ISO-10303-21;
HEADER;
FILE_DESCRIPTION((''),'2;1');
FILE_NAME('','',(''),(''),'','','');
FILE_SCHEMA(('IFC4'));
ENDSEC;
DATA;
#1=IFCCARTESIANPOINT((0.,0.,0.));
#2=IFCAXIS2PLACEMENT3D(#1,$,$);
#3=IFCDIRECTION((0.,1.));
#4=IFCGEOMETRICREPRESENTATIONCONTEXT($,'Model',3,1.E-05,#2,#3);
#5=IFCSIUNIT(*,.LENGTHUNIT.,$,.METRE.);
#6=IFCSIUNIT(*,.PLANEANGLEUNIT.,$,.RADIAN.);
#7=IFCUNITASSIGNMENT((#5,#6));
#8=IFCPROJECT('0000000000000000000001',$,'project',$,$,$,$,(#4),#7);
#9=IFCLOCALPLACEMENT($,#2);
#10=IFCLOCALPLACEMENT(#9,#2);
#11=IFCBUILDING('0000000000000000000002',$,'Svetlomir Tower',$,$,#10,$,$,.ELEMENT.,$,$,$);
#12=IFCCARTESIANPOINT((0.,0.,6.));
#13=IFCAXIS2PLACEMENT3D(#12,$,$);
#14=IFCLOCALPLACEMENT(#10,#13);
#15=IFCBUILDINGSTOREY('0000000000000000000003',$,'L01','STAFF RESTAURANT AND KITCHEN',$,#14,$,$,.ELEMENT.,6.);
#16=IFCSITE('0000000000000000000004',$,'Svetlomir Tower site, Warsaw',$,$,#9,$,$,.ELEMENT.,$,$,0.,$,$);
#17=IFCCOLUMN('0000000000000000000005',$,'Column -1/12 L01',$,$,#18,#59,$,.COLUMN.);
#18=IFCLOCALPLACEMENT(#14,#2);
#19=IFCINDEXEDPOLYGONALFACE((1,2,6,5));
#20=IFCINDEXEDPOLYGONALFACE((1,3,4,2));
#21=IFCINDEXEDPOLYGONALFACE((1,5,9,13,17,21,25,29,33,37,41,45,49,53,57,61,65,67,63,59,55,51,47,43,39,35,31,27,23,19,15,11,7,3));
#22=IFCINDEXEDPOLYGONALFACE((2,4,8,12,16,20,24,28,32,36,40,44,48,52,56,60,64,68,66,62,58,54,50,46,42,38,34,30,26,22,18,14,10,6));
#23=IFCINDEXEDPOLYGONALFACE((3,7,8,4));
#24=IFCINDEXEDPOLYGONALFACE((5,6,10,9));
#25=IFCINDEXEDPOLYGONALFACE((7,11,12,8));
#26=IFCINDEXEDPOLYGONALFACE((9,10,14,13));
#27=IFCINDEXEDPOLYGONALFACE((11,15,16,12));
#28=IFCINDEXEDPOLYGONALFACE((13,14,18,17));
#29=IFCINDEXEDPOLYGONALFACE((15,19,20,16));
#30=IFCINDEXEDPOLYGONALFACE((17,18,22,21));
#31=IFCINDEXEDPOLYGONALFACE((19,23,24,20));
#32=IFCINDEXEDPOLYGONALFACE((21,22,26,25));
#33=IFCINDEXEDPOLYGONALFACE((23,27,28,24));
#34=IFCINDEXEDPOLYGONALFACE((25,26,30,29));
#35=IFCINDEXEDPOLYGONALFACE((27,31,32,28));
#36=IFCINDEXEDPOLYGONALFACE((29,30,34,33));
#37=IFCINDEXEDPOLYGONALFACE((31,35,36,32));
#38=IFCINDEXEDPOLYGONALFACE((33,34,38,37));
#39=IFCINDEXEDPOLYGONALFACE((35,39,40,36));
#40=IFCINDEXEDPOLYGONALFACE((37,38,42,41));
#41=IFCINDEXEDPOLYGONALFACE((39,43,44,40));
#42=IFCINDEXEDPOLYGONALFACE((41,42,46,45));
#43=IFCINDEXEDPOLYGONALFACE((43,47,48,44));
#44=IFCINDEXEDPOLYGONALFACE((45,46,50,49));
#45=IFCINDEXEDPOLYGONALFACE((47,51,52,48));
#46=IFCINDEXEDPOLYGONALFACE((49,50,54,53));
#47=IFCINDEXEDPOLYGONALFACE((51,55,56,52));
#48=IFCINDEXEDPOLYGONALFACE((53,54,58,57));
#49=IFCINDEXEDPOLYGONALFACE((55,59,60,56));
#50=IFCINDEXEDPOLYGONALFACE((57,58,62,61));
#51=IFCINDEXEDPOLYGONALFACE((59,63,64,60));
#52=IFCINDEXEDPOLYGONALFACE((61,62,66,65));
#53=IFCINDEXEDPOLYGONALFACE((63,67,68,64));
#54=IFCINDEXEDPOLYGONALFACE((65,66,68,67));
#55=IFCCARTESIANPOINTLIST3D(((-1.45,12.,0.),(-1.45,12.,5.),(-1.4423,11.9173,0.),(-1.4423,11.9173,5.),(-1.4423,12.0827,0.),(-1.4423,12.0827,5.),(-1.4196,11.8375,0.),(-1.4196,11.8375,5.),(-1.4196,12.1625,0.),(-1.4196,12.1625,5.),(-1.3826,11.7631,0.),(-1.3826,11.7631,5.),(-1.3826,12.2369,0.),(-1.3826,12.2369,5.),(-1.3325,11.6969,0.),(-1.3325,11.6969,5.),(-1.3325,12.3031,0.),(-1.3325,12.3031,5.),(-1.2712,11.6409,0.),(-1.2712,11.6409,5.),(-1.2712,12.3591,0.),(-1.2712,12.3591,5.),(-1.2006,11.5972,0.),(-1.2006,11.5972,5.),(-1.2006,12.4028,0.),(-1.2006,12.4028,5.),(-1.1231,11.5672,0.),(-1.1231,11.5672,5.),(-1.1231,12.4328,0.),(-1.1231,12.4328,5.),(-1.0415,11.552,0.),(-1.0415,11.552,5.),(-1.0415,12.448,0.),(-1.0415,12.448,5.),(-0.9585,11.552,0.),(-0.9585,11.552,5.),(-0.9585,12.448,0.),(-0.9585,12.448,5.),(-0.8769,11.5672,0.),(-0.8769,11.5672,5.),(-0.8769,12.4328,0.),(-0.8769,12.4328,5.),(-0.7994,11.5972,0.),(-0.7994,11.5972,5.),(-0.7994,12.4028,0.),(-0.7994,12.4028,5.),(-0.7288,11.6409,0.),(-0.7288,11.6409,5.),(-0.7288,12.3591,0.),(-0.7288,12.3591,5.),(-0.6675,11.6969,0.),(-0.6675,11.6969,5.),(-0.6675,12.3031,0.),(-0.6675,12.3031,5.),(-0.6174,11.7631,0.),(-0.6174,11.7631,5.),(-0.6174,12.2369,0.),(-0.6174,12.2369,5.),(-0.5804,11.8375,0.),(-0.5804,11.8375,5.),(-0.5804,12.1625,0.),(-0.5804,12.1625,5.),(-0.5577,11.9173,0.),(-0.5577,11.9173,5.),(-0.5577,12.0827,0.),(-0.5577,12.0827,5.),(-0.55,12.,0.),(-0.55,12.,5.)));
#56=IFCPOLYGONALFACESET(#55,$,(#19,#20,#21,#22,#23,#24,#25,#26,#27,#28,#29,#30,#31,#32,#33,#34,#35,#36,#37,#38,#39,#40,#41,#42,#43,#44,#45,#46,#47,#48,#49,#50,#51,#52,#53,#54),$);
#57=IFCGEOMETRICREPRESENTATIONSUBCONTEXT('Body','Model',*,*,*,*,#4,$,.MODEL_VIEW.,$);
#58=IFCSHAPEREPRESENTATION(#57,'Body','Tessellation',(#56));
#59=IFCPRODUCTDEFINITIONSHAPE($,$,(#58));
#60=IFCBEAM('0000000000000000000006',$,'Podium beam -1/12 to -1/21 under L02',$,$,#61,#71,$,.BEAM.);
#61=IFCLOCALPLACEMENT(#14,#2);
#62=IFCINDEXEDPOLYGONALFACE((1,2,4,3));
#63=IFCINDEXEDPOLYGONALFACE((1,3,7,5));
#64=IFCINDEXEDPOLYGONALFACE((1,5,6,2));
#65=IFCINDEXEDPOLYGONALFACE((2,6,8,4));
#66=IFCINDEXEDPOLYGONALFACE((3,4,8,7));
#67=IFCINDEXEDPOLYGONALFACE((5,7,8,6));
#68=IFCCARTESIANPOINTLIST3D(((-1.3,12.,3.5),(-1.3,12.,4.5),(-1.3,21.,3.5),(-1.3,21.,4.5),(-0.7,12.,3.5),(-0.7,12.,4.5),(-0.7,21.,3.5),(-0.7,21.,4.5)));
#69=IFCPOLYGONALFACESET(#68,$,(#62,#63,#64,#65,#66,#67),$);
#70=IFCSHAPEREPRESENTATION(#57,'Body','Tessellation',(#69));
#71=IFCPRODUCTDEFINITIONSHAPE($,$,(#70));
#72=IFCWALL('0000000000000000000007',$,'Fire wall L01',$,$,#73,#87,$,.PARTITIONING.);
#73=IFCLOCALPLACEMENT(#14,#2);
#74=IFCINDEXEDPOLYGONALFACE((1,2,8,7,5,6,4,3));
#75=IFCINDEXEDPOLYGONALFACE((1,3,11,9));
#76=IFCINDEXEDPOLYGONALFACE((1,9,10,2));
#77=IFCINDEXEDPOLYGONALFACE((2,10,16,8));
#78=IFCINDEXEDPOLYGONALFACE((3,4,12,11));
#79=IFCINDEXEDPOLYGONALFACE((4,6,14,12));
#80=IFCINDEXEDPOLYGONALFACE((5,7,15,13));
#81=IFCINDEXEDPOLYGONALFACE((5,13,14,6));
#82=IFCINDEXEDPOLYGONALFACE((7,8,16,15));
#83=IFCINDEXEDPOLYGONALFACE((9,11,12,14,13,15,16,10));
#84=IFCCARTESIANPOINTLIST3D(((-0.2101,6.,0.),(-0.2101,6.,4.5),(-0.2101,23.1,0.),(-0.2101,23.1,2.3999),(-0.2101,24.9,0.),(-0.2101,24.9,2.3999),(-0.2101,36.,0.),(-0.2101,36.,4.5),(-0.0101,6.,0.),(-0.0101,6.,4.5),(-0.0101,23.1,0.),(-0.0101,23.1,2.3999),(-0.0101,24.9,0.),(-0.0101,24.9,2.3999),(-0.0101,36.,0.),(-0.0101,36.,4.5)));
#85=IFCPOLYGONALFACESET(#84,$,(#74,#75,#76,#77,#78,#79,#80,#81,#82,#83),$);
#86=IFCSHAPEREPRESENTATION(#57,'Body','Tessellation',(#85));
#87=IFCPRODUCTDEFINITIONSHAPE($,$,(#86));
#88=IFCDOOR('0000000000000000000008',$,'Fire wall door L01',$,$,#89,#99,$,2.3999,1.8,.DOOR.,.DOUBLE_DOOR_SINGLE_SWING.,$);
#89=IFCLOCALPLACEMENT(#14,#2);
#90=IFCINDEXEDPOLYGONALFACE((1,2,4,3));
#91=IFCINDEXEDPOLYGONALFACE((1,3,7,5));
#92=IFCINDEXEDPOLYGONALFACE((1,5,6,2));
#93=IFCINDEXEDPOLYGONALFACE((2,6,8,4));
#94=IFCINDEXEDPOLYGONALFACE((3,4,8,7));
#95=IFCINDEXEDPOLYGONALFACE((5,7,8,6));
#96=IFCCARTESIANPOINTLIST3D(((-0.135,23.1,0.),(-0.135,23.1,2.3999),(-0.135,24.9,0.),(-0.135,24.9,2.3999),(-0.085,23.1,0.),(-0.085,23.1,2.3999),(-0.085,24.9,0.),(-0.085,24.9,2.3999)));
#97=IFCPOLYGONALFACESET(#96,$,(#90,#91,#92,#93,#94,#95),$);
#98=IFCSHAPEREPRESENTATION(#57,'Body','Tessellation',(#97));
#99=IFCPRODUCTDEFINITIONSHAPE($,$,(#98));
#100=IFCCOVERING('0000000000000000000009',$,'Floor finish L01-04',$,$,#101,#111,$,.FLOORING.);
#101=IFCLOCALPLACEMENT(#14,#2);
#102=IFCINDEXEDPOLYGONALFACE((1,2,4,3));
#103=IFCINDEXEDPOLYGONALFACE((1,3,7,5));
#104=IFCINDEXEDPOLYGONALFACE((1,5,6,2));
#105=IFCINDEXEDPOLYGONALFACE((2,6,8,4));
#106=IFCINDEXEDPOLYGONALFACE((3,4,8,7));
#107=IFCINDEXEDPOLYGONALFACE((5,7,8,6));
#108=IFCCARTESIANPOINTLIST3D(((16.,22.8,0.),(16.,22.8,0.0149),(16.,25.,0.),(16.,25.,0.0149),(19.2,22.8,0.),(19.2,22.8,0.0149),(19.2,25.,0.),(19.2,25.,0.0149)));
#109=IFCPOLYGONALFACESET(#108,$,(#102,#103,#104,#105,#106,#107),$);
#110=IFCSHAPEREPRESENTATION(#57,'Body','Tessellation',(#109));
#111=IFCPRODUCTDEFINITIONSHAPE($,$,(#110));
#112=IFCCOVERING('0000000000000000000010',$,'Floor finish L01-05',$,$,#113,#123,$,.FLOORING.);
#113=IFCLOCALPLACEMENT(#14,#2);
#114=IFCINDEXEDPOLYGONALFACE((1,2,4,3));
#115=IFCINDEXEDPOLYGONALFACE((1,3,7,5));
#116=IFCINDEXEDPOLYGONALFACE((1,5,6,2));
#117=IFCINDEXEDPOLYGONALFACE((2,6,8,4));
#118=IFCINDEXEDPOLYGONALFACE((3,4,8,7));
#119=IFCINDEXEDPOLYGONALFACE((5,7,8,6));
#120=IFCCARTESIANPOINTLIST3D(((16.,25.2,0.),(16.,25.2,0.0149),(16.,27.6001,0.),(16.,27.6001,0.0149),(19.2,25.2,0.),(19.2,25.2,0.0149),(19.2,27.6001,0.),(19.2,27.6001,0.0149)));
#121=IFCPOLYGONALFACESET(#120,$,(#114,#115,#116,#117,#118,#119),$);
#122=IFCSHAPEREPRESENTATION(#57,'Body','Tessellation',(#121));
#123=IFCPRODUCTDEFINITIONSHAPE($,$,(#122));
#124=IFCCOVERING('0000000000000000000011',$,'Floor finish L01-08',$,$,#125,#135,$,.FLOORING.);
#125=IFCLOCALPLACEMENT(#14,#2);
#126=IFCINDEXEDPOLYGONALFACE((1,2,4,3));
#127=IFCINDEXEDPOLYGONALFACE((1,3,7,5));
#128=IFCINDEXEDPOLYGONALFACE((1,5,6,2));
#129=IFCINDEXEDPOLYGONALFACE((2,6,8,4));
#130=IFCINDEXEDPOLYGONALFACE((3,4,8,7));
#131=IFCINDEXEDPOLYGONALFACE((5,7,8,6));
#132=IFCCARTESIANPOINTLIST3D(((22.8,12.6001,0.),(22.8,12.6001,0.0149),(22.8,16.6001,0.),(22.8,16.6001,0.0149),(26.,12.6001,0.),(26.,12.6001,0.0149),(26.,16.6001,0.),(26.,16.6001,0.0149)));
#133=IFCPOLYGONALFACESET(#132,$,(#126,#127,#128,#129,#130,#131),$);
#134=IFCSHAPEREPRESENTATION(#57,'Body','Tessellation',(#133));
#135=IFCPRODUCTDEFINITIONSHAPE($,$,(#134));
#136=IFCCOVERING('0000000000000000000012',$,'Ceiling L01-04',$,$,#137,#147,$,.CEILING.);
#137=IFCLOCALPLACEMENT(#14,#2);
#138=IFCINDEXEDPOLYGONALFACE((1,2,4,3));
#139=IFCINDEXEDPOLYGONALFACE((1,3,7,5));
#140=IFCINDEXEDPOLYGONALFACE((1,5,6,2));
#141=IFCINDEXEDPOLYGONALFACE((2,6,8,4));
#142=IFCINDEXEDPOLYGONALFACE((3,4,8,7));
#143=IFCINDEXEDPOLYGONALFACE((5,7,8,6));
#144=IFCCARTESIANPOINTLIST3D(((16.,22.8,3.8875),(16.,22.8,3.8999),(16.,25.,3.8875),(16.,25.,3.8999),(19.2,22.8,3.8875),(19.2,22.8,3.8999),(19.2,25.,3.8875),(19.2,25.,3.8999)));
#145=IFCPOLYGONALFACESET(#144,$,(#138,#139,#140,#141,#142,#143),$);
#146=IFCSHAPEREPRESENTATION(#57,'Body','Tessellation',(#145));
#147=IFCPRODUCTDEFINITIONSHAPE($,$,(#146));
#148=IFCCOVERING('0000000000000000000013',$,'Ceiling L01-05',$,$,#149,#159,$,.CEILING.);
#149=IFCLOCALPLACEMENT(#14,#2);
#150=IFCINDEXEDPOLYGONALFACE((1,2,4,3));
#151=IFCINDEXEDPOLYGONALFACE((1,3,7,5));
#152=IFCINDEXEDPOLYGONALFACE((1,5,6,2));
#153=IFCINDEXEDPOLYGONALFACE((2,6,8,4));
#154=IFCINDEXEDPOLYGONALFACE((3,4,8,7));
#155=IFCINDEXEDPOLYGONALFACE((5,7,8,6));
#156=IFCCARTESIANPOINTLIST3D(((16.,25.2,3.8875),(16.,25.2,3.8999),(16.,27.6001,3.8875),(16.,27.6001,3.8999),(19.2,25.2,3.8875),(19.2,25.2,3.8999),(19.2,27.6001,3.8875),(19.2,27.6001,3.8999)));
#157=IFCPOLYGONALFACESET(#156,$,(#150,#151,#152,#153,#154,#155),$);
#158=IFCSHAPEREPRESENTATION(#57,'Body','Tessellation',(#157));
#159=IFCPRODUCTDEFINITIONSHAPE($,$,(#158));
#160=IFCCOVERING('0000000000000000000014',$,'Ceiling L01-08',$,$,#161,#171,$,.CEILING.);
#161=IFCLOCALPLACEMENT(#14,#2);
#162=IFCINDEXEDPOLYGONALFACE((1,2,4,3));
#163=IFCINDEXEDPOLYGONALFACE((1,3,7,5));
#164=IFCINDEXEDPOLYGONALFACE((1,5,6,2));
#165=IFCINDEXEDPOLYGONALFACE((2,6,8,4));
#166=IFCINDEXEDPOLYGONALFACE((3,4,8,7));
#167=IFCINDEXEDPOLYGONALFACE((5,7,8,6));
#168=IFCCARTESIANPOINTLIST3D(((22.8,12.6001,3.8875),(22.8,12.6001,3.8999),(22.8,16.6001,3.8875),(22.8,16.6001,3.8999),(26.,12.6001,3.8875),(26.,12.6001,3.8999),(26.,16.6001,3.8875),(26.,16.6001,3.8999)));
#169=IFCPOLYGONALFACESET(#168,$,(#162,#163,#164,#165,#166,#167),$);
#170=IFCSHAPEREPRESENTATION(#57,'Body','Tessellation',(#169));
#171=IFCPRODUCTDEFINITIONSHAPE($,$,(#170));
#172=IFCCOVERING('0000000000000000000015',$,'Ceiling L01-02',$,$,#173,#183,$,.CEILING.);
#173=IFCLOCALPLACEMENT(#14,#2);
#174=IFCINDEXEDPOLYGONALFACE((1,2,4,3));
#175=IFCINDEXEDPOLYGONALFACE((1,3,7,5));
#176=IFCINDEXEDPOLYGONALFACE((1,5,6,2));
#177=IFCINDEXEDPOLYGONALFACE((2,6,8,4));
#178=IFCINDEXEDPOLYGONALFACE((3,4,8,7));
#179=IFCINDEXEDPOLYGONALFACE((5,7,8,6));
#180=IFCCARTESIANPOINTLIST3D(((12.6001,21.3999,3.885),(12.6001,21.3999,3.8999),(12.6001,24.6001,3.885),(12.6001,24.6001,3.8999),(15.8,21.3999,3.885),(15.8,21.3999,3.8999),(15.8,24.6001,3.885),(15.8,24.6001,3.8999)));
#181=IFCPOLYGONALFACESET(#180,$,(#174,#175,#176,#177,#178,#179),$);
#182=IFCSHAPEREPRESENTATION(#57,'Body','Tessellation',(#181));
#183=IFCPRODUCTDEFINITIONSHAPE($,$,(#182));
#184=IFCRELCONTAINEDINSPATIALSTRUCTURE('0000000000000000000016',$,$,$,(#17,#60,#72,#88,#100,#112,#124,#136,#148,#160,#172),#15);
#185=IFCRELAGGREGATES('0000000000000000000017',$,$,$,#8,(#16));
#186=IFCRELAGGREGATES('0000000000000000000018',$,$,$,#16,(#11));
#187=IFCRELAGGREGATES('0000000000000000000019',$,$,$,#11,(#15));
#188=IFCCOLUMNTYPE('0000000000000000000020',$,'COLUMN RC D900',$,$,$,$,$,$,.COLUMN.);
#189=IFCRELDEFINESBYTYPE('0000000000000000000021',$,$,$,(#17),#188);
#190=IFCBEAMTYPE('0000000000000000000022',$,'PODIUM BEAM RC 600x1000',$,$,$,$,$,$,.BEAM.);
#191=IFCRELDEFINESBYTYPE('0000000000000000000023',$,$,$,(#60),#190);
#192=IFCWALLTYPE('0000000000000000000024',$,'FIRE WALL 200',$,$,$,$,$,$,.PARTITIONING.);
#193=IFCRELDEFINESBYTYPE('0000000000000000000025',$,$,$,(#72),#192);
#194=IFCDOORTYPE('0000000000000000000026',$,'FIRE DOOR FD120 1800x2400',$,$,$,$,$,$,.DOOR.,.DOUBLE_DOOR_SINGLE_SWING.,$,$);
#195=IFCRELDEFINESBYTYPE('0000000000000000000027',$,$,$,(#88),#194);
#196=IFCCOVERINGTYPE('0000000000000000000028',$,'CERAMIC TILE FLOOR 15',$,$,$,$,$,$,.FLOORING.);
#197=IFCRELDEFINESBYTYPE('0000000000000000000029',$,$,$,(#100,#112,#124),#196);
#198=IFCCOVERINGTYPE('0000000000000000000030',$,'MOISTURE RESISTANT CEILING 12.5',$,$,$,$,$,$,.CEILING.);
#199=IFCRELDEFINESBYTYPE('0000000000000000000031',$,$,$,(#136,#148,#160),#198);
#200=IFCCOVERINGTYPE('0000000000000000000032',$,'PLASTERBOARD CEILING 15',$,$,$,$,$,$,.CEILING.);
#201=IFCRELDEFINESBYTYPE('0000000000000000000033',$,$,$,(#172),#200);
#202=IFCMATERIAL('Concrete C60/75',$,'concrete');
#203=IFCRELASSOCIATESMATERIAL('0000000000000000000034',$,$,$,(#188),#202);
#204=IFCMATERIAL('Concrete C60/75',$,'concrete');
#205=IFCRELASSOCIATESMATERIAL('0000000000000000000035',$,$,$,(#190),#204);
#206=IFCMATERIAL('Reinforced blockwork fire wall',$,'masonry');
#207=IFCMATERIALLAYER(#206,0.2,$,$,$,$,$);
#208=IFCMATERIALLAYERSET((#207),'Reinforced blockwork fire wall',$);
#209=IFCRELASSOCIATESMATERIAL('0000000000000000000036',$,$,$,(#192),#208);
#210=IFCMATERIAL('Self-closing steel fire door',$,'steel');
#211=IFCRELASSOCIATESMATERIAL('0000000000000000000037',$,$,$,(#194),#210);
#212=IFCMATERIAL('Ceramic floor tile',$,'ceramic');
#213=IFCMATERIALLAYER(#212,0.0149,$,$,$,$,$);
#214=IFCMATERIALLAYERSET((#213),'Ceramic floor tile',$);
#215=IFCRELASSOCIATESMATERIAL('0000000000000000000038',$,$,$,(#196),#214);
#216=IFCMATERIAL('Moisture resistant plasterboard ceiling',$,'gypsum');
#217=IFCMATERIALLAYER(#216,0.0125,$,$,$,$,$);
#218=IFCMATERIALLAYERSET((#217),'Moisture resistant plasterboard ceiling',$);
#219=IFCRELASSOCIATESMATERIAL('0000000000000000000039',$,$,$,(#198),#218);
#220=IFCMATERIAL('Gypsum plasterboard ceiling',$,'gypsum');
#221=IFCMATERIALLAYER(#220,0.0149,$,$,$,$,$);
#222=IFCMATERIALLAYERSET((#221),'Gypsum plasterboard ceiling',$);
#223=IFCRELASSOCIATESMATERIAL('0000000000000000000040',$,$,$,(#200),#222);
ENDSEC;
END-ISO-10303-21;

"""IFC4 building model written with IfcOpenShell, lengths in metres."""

from ifc_helpers import new_model, si_unit, direction, frame, frame_2d, origin, origin_2d, place, context, subcontext, project, spatial, polyline, rectangle, circle, outline, extrude, material, layer, layer_set, material_profile, profile_set, type_object, element, fill, save


model = new_model("IFC4")

# Units and contexts
model_context = context("Model", 3, precision=1e-05, world=origin(), true_north=direction((0.0, 1.0)))
body_context = subcontext(model_context, "Body", "Model", "MODEL_VIEW")
ifc_project = project(units=[si_unit("LENGTHUNIT", "METRE"), si_unit("PLANEANGLEUNIT", "RADIAN")], contexts=[model_context])

# Site, building, storey
site_placement = place(None, origin())
site = spatial("IfcSite", under=ifc_project, at=site_placement, Name="Svetlomir Tower site, Warsaw", CompositionType="ELEMENT", RefElevation=0.0)
building_placement = place(site_placement, origin())
building = spatial("IfcBuilding", under=site, at=building_placement, Name="Svetlomir Tower", CompositionType="ELEMENT")
storey_placement = place(building_placement, frame((0.0, 0.0, 6.0)))
storey = spatial("IfcBuildingStorey", under=building, at=storey_placement, Name="L01", Description="STAFF RESTAURANT AND KITCHEN", CompositionType="ELEMENT", Elevation=6.0)

# Column
ifc_material_1 = material(Name="Concrete C60/75", Category="concrete")
ifc_material_profile_1 = material_profile(ifc_material_1, circle(Radius=0.45, at=origin_2d()), Name="RC D900")
ifc_profile_set_1 = profile_set([ifc_material_profile_1], Name="Concrete C60/75")
column_type = type_object("IfcColumnType", Name="COLUMN RC D900", PredefinedType="COLUMN", material=ifc_profile_set_1)
column_placement = place(storey_placement, frame((-1.0, 12.0, 0.0), z_axis=(0.0, 0.0, 1.0), x_axis=(1.0, 0.0, 0.0)))
element("IfcColumn", 1, at=column_placement, inside=storey, type_object=column_type, Name="Column -1/12 L01", PredefinedType="COLUMN", context=body_context, shape_type="SweptSolid", body=[
    extrude(circle(Radius=0.45, at=origin_2d()), origin(), (0.0, 0.0, 1.0), 5.0),
])

# Beam
ifc_material_2 = material(Name="Concrete C60/75", Category="concrete")
ifc_material_profile_2 = material_profile(ifc_material_2, rectangle(XDim=0.6001, YDim=1.0, at=origin_2d()), Name="RC 600x1000")
ifc_profile_set_2 = profile_set([ifc_material_profile_2], Name="Concrete C60/75")
beam_type = type_object("IfcBeamType", Name="PODIUM BEAM RC 600x1000", PredefinedType="BEAM", material=ifc_profile_set_2)
beam_placement = place(storey_placement, frame((-1.0, 12.0, 4.0), z_axis=(0.0, 1.0, 0.0), x_axis=(-1.0, 0.0, 0.0)))
element("IfcBeam", 2, at=beam_placement, inside=storey, type_object=beam_type, Name="Podium beam -1/12 to -1/21 under L02", PredefinedType="BEAM", context=body_context, shape_type="SweptSolid", body=[
    extrude(rectangle(XDim=0.6001, YDim=1.0, at=origin_2d()), origin(), (0.0, 0.0, 1.0), 9.0),
])

# Wall, opening, door
ifc_material_3 = material(Name="Reinforced blockwork fire wall", Category="masonry")
ifc_layer_1 = layer(ifc_material_3, 0.2)
ifc_layer_set_1 = layer_set([ifc_layer_1], Name="Reinforced blockwork fire wall")
wall_type = type_object("IfcWallType", Name="FIRE WALL 200", PredefinedType="PARTITIONING", material=ifc_layer_set_1)
wall_placement = place(storey_placement, frame((-0.1101, 6.0, 0.0), z_axis=(0.0, 0.0, 1.0), x_axis=(0.0, 1.0, 0.0)))
wall = element("IfcWall", 3, at=wall_placement, inside=storey, type_object=wall_type, Name="Fire wall L01", PredefinedType="PARTITIONING", context=body_context, shape_type="SweptSolid", body=[
    extrude(rectangle(XDim=30.0, YDim=0.2, at=frame_2d((15.0, 0.0))), origin(), (0.0, 0.0, 1.0), 4.5),
])
opening_placement = place(wall_placement, frame((17.1001, 0.0, 0.0)))
opening = element("IfcOpeningElement", 4, at=opening_placement, cuts=wall, PredefinedType="OPENING", context=body_context, shape_type="SweptSolid", body=[
    extrude(rectangle(XDim=1.8, YDim=2.3999, at=frame_2d((0.8999, 1.2))), frame((0.0, 0.1099, 0.0), z_axis=(0.0, -1.0, 0.0), x_axis=(1.0, 0.0, 0.0)), (0.0, 0.0, 1.0), 0.22),
])
ifc_material_4 = material(Name="Self-closing steel fire door", Category="steel")
door_type = type_object("IfcDoorType", Name="FIRE DOOR FD120 1800x2400", OperationType="DOUBLE_DOOR_SINGLE_SWING", PredefinedType="DOOR", material=ifc_material_4)
door_placement = place(opening_placement, origin())
door = element("IfcDoor", 5, at=door_placement, inside=storey, type_object=door_type, Name="Fire wall door L01", OperationType="DOUBLE_DOOR_SINGLE_SWING", OverallHeight=2.3999, OverallWidth=1.8, PredefinedType="DOOR", context=body_context, shape_type="SweptSolid", body=[
    extrude(rectangle(XDim=1.8, YDim=2.3999, at=frame_2d((0.8999, 1.2))), frame((0.0, 0.0249, 0.0), z_axis=(0.0, -1.0, 0.0), x_axis=(1.0, 0.0, 0.0)), (0.0, 0.0, 1.0), 0.05),
])
fill(opening, door)

# Coverings
ifc_material_5 = material(Name="Ceramic floor tile", Category="ceramic")
ifc_layer_2 = layer(ifc_material_5, 0.0149)
ifc_layer_set_2 = layer_set([ifc_layer_2], Name="Ceramic floor tile")
covering_type_1 = type_object("IfcCoveringType", Name="CERAMIC TILE FLOOR 15", PredefinedType="FLOORING", material=ifc_layer_set_2)
covering_1_placement = place(storey_placement, origin())
element("IfcCovering", 6, at=covering_1_placement, inside=storey, type_object=covering_type_1, Name="Floor finish L01-04", PredefinedType="FLOORING", context=body_context, shape_type="SweptSolid", body=[
    extrude(outline(polyline([(16.0, 22.8), (19.2, 22.8), (19.2, 25.0), (16.0, 25.0), (16.0, 22.8)])), origin(), (0.0, 0.0, 1.0), 0.0149),
])
covering_2_placement = place(storey_placement, origin())
element("IfcCovering", 7, at=covering_2_placement, inside=storey, type_object=covering_type_1, Name="Floor finish L01-05", PredefinedType="FLOORING", context=body_context, shape_type="SweptSolid", body=[
    extrude(outline(polyline([(16.0, 25.2), (19.2, 25.2), (19.2, 27.6001), (16.0, 27.6001), (16.0, 25.2)])), origin(), (0.0, 0.0, 1.0), 0.0149),
])
covering_3_placement = place(storey_placement, origin())
element("IfcCovering", 8, at=covering_3_placement, inside=storey, type_object=covering_type_1, Name="Floor finish L01-08", PredefinedType="FLOORING", context=body_context, shape_type="SweptSolid", body=[
    extrude(outline(polyline([(22.8, 12.6001), (26.0, 12.6001), (26.0, 16.6001), (22.8, 16.6001), (22.8, 12.6001)])), origin(), (0.0, 0.0, 1.0), 0.0149),
])
ifc_material_6 = material(Name="Moisture resistant plasterboard ceiling", Category="gypsum")
ifc_layer_3 = layer(ifc_material_6, 0.0125)
ifc_layer_set_3 = layer_set([ifc_layer_3], Name="Moisture resistant plasterboard ceiling")
covering_type_2 = type_object("IfcCoveringType", Name="MOISTURE RESISTANT CEILING 12.5", PredefinedType="CEILING", material=ifc_layer_set_3)
covering_4_placement = place(storey_placement, frame((0.0, 0.0, 3.8875)))
element("IfcCovering", 9, at=covering_4_placement, inside=storey, type_object=covering_type_2, Name="Ceiling L01-04", PredefinedType="CEILING", context=body_context, shape_type="SweptSolid", body=[
    extrude(outline(polyline([(16.0, 22.8), (19.2, 22.8), (19.2, 25.0), (16.0, 25.0), (16.0, 22.8)])), origin(), (0.0, 0.0, 1.0), 0.0125),
])
covering_5_placement = place(storey_placement, frame((0.0, 0.0, 3.8875)))
element("IfcCovering", 10, at=covering_5_placement, inside=storey, type_object=covering_type_2, Name="Ceiling L01-05", PredefinedType="CEILING", context=body_context, shape_type="SweptSolid", body=[
    extrude(outline(polyline([(16.0, 25.2), (19.2, 25.2), (19.2, 27.6001), (16.0, 27.6001), (16.0, 25.2)])), origin(), (0.0, 0.0, 1.0), 0.0125),
])
covering_6_placement = place(storey_placement, frame((0.0, 0.0, 3.8875)))
element("IfcCovering", 11, at=covering_6_placement, inside=storey, type_object=covering_type_2, Name="Ceiling L01-08", PredefinedType="CEILING", context=body_context, shape_type="SweptSolid", body=[
    extrude(outline(polyline([(22.8, 12.6001), (26.0, 12.6001), (26.0, 16.6001), (22.8, 16.6001), (22.8, 12.6001)])), origin(), (0.0, 0.0, 1.0), 0.0125),
])
ifc_material_7 = material(Name="Gypsum plasterboard ceiling", Category="gypsum")
ifc_layer_4 = layer(ifc_material_7, 0.0149)
ifc_layer_set_4 = layer_set([ifc_layer_4], Name="Gypsum plasterboard ceiling")
covering_type_3 = type_object("IfcCoveringType", Name="PLASTERBOARD CEILING 15", PredefinedType="CEILING", material=ifc_layer_set_4)
covering_7_placement = place(storey_placement, frame((0.0, 0.0, 3.885)))
element("IfcCovering", 12, at=covering_7_placement, inside=storey, type_object=covering_type_3, Name="Ceiling L01-02", PredefinedType="CEILING", context=body_context, shape_type="SweptSolid", body=[
    extrude(outline(polyline([(12.6001, 21.3999), (15.8, 21.3999), (15.8, 24.6001), (12.6001, 24.6001), (12.6001, 21.3999)])), origin(), (0.0, 0.0, 1.0), 0.0149),
])

save(model, "model.ifc")
